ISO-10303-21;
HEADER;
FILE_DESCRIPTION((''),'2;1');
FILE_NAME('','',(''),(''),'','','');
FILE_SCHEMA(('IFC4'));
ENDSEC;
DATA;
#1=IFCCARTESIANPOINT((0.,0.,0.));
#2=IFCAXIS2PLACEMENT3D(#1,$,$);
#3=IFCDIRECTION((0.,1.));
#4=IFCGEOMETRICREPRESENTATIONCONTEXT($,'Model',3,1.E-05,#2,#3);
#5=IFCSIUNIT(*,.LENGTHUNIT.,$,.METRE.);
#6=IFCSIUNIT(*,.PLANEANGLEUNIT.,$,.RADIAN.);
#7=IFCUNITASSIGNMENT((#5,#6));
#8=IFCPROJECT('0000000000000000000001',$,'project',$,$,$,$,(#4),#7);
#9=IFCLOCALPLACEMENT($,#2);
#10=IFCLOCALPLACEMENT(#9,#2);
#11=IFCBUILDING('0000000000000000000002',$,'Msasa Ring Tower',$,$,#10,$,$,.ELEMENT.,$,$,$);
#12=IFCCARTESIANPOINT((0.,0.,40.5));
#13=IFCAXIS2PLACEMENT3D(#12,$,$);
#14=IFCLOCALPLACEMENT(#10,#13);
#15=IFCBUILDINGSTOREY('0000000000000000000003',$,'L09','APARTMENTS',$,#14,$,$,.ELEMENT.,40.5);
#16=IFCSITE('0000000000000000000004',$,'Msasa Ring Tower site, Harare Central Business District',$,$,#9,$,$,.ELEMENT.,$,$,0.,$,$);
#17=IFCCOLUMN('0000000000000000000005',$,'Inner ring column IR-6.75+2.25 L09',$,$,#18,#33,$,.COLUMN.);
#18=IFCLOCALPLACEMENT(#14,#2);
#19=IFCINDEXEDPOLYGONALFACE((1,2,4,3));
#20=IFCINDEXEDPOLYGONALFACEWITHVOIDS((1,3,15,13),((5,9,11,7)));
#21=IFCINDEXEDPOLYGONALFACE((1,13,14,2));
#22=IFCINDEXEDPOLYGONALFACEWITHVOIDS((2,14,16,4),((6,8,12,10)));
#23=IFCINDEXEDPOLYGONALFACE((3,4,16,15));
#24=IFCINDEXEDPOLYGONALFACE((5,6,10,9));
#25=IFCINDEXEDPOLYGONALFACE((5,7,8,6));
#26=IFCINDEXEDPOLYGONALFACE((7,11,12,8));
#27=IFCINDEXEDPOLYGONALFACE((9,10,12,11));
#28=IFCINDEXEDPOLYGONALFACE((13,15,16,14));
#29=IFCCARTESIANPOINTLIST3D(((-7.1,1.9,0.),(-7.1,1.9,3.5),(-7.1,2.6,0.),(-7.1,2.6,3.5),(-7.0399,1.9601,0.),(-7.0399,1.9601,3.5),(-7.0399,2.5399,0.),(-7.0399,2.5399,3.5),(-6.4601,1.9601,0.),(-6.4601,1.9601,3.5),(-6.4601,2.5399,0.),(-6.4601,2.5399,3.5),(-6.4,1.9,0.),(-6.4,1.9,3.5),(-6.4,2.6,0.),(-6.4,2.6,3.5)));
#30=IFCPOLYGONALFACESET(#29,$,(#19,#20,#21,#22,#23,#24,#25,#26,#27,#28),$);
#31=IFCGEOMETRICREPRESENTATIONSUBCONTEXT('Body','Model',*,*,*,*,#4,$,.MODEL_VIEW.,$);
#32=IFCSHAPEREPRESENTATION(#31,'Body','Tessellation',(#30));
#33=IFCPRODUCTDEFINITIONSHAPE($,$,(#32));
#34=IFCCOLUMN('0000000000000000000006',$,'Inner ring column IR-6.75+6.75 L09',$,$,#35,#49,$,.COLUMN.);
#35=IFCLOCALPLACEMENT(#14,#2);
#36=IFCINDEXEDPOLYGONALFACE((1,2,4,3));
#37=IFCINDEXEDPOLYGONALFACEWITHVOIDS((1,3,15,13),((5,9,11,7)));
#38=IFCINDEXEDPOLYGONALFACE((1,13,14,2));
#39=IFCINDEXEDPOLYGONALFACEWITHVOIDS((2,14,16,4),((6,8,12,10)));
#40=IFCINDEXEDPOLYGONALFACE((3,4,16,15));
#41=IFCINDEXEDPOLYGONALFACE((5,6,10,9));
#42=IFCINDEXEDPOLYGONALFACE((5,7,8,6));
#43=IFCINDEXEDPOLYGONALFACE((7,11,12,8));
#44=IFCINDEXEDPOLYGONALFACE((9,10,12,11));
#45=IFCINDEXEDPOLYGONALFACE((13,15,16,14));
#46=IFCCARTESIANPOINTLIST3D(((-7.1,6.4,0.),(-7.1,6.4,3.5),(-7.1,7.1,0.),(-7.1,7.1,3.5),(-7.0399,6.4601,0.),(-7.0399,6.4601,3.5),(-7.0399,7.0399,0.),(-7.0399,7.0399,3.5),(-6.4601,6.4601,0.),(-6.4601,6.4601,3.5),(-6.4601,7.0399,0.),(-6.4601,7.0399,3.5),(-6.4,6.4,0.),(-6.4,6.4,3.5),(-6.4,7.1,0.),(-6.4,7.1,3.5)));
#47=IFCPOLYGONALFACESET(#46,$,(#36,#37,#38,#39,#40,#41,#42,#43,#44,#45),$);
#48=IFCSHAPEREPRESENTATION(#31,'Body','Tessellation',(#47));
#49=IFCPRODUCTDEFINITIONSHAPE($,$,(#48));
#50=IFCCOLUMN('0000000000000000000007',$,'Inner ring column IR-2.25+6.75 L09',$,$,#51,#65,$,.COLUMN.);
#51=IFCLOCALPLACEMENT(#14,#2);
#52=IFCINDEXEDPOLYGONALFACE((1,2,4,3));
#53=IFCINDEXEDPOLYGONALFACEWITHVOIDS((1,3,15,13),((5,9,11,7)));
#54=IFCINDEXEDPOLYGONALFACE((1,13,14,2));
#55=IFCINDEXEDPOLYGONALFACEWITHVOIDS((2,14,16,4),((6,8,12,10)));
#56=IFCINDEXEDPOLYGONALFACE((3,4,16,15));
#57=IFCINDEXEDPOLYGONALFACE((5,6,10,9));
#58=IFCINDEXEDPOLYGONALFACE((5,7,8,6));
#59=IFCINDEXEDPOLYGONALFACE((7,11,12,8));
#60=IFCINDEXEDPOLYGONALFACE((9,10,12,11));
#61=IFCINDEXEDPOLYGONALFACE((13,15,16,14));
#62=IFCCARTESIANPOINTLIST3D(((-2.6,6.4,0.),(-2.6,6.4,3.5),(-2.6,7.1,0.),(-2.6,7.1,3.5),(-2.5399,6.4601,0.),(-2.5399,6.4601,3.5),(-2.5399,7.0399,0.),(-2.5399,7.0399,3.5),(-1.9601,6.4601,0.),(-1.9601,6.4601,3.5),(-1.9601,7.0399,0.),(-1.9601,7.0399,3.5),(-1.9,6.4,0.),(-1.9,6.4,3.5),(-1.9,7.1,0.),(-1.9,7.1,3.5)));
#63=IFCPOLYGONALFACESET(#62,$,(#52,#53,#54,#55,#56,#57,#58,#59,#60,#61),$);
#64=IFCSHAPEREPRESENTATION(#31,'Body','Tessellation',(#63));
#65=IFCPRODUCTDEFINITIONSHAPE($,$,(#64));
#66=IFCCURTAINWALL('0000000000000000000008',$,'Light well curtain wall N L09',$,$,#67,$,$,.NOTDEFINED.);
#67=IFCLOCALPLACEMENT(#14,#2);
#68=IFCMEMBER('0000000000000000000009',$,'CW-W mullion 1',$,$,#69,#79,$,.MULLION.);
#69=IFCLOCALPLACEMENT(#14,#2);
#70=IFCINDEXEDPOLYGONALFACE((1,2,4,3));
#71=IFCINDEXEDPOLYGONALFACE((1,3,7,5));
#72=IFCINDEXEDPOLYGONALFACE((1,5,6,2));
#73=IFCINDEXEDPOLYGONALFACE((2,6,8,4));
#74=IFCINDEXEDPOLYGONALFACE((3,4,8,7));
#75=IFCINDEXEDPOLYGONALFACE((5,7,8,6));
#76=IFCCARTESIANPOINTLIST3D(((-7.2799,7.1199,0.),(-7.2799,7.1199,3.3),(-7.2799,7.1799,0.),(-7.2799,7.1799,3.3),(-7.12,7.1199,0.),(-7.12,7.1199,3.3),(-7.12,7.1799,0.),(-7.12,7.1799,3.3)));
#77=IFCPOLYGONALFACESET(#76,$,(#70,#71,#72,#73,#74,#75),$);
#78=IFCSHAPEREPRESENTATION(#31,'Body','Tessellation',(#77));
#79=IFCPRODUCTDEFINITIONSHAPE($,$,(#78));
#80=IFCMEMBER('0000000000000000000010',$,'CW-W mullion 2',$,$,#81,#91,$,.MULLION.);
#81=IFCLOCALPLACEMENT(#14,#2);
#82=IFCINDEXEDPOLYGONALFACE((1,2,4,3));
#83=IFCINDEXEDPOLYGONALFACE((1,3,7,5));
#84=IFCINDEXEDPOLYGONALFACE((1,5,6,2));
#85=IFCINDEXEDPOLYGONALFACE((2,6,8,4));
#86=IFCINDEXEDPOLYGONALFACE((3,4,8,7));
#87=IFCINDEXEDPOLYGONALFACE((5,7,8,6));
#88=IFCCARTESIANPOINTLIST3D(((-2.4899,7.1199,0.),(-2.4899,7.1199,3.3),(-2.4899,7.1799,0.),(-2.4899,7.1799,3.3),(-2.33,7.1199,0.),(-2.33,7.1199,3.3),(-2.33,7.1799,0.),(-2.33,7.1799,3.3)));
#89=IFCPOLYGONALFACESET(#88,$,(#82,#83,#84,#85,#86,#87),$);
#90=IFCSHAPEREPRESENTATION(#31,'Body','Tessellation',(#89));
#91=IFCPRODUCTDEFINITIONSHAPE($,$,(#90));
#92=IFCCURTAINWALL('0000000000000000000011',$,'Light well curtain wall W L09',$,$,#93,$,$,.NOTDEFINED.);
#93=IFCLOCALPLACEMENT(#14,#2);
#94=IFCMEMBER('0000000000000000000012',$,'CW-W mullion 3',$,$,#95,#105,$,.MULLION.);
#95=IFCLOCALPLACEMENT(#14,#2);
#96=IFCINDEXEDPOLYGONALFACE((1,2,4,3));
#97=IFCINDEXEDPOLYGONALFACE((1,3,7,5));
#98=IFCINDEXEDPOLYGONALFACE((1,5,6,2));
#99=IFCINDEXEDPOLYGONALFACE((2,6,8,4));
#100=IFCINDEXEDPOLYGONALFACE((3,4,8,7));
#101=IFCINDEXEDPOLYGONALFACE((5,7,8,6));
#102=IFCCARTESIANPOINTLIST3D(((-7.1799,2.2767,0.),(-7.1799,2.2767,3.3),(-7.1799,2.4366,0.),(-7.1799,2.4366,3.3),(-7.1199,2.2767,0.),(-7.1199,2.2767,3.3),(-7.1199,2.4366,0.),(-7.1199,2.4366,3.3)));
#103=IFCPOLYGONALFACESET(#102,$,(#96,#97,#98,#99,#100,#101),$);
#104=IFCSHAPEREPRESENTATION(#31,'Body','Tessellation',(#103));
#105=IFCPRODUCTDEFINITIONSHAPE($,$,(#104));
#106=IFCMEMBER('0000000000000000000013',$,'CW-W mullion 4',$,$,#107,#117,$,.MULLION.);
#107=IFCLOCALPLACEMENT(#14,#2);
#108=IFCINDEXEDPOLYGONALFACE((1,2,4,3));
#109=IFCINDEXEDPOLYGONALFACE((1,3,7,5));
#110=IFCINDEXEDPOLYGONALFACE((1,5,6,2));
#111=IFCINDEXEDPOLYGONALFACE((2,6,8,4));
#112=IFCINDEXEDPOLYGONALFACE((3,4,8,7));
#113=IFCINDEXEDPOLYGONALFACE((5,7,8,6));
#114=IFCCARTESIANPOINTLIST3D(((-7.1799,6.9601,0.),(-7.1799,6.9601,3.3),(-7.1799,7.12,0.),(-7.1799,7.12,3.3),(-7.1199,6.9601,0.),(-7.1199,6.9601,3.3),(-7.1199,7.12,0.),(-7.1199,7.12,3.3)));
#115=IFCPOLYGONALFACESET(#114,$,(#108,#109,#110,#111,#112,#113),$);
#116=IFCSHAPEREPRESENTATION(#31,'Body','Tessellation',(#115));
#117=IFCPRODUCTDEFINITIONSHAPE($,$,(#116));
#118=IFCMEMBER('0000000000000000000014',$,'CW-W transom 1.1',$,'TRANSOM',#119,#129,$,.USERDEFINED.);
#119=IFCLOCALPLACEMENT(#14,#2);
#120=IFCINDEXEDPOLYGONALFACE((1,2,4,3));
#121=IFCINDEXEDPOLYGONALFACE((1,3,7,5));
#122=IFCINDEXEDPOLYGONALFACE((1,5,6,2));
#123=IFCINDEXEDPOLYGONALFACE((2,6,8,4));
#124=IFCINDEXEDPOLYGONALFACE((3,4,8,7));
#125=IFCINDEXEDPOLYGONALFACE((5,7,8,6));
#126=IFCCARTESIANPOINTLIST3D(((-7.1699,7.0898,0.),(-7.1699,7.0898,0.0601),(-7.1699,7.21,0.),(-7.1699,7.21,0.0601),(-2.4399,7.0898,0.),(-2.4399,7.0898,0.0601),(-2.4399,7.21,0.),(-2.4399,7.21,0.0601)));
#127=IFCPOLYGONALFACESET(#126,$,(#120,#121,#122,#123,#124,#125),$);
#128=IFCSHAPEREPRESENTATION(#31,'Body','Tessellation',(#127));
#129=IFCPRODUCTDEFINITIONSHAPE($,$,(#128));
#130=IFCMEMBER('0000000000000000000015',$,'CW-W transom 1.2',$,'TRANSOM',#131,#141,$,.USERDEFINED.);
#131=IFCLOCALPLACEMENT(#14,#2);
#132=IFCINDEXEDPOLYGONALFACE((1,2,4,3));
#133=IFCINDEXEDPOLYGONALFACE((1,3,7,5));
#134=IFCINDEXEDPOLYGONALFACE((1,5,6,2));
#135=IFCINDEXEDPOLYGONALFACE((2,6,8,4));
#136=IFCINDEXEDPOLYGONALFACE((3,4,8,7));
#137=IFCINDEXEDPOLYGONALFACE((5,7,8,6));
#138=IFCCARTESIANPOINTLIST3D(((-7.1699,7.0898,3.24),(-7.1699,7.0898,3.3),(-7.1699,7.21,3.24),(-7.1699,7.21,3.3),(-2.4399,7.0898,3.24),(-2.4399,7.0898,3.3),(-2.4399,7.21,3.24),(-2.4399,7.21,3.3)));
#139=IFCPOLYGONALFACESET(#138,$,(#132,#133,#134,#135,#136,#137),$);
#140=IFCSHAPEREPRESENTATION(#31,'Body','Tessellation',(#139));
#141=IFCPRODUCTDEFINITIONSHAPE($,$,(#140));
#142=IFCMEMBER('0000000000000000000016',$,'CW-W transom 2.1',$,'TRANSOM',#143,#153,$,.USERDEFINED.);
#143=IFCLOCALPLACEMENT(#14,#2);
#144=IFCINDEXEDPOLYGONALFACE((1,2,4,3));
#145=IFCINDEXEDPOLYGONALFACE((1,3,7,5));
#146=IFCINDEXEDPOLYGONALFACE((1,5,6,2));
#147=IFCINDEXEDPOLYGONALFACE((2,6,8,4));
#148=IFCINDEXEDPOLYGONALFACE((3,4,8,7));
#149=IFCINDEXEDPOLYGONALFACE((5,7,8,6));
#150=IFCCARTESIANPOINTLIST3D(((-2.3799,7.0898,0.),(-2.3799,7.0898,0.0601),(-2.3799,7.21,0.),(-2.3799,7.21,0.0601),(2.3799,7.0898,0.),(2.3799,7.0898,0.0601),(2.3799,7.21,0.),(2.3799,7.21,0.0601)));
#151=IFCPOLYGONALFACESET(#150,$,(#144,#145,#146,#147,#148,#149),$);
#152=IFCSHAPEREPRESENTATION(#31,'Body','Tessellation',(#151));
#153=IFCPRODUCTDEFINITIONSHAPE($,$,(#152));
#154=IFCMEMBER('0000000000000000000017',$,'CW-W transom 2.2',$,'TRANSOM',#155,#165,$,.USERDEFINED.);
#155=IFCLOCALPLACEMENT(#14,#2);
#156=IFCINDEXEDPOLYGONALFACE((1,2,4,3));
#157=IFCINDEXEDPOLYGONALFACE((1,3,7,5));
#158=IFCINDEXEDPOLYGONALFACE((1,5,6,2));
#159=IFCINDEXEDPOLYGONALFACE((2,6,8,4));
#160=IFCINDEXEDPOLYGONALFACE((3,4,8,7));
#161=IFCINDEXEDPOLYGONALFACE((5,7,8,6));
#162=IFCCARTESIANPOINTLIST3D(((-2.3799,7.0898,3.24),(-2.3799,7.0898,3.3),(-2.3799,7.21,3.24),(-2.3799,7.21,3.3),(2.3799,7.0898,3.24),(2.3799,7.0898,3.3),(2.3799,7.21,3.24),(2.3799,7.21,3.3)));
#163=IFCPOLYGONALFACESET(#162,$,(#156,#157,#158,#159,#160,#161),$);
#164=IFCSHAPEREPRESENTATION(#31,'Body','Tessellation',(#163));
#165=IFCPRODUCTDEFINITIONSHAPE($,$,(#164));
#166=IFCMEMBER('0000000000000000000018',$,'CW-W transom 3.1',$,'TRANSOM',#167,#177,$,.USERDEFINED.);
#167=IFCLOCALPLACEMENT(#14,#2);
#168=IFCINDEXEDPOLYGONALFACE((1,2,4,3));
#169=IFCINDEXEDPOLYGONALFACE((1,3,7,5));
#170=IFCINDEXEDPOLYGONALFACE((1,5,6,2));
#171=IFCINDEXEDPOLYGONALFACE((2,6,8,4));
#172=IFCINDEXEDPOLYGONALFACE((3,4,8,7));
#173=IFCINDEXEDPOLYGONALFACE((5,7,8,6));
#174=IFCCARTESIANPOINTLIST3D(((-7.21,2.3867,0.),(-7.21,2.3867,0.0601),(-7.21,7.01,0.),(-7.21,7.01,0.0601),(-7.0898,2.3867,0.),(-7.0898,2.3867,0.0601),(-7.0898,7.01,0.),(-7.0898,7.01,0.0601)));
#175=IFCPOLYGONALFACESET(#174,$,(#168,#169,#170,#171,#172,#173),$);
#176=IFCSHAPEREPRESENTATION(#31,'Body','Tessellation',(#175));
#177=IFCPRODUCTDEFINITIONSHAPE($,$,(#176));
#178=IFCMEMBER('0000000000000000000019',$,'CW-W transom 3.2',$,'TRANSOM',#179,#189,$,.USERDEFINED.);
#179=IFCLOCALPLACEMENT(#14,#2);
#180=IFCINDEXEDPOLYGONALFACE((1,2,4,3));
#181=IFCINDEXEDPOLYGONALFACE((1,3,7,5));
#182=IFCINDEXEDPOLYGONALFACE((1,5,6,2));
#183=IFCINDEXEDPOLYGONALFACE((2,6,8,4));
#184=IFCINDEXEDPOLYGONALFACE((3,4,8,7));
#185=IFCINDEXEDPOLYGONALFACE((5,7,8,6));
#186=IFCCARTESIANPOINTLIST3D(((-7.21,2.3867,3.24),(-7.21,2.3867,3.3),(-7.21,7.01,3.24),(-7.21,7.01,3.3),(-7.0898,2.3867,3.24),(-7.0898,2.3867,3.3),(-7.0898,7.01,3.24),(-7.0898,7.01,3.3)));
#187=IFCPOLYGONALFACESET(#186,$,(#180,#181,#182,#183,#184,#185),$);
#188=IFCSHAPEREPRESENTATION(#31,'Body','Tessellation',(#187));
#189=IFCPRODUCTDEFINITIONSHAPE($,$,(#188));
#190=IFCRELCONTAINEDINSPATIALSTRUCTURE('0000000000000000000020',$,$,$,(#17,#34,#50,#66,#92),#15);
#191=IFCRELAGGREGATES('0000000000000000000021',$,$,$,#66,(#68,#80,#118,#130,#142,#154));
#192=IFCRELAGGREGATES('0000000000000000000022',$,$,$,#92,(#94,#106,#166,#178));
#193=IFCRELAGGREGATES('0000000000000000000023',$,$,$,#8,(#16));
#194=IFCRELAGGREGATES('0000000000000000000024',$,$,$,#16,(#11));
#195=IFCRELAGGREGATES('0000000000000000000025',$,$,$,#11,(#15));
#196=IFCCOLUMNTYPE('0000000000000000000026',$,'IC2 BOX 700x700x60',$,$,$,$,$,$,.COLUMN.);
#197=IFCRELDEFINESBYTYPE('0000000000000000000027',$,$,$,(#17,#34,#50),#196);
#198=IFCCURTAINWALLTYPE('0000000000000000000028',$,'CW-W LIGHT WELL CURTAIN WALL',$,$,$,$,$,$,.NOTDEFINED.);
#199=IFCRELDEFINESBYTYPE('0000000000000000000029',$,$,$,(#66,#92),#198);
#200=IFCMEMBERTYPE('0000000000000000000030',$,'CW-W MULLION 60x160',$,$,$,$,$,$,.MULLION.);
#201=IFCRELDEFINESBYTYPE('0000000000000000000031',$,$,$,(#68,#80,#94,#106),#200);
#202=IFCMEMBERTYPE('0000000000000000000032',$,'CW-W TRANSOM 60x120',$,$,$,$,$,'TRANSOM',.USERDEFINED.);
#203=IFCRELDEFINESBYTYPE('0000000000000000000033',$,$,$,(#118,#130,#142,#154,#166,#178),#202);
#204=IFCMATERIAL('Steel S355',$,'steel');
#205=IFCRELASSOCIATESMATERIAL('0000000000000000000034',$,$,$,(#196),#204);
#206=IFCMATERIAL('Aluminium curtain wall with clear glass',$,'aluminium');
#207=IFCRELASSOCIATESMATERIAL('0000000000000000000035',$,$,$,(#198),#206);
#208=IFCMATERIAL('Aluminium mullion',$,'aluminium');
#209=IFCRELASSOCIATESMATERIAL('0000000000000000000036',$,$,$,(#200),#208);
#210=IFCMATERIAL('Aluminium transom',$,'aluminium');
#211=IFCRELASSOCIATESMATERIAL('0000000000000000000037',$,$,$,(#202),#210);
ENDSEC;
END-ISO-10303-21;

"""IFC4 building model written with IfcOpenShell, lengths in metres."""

from ifc_helpers import new_model, si_unit, direction, frame, origin, origin_2d, place, context, subcontext, project, spatial, rectangle, hollow_rectangle, extrude, material, material_profile, profile_set, type_object, element, aggregate, save


model = new_model("IFC4")

# Units and contexts
model_context = context("Model", 3, precision=1e-05, world=origin(), true_north=direction((0.0, 1.0)))
body_context = subcontext(model_context, "Body", "Model", "MODEL_VIEW")
ifc_project = project(units=[si_unit("LENGTHUNIT", "METRE"), si_unit("PLANEANGLEUNIT", "RADIAN")], contexts=[model_context])

# Site, building, storey
site_placement = place(None, origin())
site = spatial("IfcSite", under=ifc_project, at=site_placement, Name="Msasa Ring Tower site, Harare Central Business District", CompositionType="ELEMENT", RefElevation=0.0)
building_placement = place(site_placement, origin())
building = spatial("IfcBuilding", under=site, at=building_placement, Name="Msasa Ring Tower", CompositionType="ELEMENT")
storey_placement = place(building_placement, frame((0.0, 0.0, 40.5)))
storey = spatial("IfcBuildingStorey", under=building, at=storey_placement, Name="L09", Description="APARTMENTS", CompositionType="ELEMENT", Elevation=40.5)

# Columns
ifc_material_1 = material(Name="Steel S355", Category="steel")
ifc_material_profile_1 = material_profile(ifc_material_1, hollow_rectangle(XDim=0.7, YDim=0.7, WallThickness=0.0601, at=origin_2d()), Name="BOX 700x700x60")
ifc_profile_set_1 = profile_set([ifc_material_profile_1], Name="Steel S355")
column_type = type_object("IfcColumnType", Name="IC2 BOX 700x700x60", PredefinedType="COLUMN", material=ifc_profile_set_1)
for number, where, z_axis, x_axis, name in (
    (1, (-6.75, 2.25, 0.0), (0.0, 0.0, 1.0), (1.0, 0.0, 0.0), "Inner ring column IR-6.75+2.25 L09"),
    (2, (-6.75, 6.75, 0.0), (0.0, 0.0, 1.0), (1.0, 0.0, 0.0), "Inner ring column IR-6.75+6.75 L09"),
    (3, (-2.25, 6.75, 0.0), (0.0, 0.0, 1.0), (1.0, 0.0, 0.0), "Inner ring column IR-2.25+6.75 L09"),
):
    element("IfcColumn", number, at=place(storey_placement, frame(where, z_axis=z_axis, x_axis=x_axis)), inside=storey, type_object=column_type, Name=name, PredefinedType="COLUMN", context=body_context, shape_type="SweptSolid", body=[
        extrude(hollow_rectangle(XDim=0.7, YDim=0.7, WallThickness=0.0601, at=origin_2d()), origin(), (0.0, 0.0, 1.0), 3.5),
    ])

# Curtain walls, members
ifc_material_2 = material(Name="Aluminium curtain wall with clear glass", Category="aluminium")
curtain_wall_type = type_object("IfcCurtainWallType", Name="CW-W LIGHT WELL CURTAIN WALL", PredefinedType="NOTDEFINED", material=ifc_material_2)
curtain_wall_1_placement = place(storey_placement, origin())
curtain_wall_1 = element("IfcCurtainWall", 4, at=curtain_wall_1_placement, inside=storey, type_object=curtain_wall_type, Name="Light well curtain wall N L09", PredefinedType="NOTDEFINED")
ifc_material_3 = material(Name="Aluminium mullion", Category="aluminium")
ifc_material_profile_2 = material_profile(ifc_material_3, rectangle(XDim=0.0601, YDim=0.1599, at=origin_2d()), Name="AL 60x160")
ifc_profile_set_2 = profile_set([ifc_material_profile_2], Name="Aluminium mullion")
member_type_1 = type_object("IfcMemberType", Name="CW-W MULLION 60x160", PredefinedType="MULLION", material=ifc_profile_set_2)
member_1_placement = place(storey_placement, frame((-7.2, 7.1499, 0.0), z_axis=(0.0, 0.0, 1.0), x_axis=(0.0, 1.0, 0.0)))
member_1 = element("IfcMember", 5, at=member_1_placement, type_object=member_type_1, Name="CW-W mullion 1", PredefinedType="MULLION", context=body_context, shape_type="SweptSolid", body=[
    extrude(rectangle(XDim=0.0601, YDim=0.1599, at=origin_2d()), origin(), (0.0, 0.0, 1.0), 3.3),
])
member_2_placement = place(storey_placement, frame((-2.4099, 7.1499, 0.0), z_axis=(0.0, 0.0, 1.0), x_axis=(0.0, 1.0, 0.0)))
member_2 = element("IfcMember", 6, at=member_2_placement, type_object=member_type_1, Name="CW-W mullion 2", PredefinedType="MULLION", context=body_context, shape_type="SweptSolid", body=[
    extrude(rectangle(XDim=0.0601, YDim=0.1599, at=origin_2d()), origin(), (0.0, 0.0, 1.0), 3.3),
])
curtain_wall_2_placement = place(storey_placement, origin())
curtain_wall_2 = element("IfcCurtainWall", 7, at=curtain_wall_2_placement, inside=storey, type_object=curtain_wall_type, Name="Light well curtain wall W L09", PredefinedType="NOTDEFINED")
member_3_placement = place(storey_placement, frame((-7.1499, 2.3567, 0.0), z_axis=(0.0, 0.0, 1.0), x_axis=(-1.0, 0.0, 0.0)))
member_3 = element("IfcMember", 8, at=member_3_placement, type_object=member_type_1, Name="CW-W mullion 3", PredefinedType="MULLION", context=body_context, shape_type="SweptSolid", body=[
    extrude(rectangle(XDim=0.0601, YDim=0.1599, at=origin_2d()), origin(), (0.0, 0.0, 1.0), 3.3),
])
member_4_placement = place(storey_placement, frame((-7.1499, 7.04, 0.0), z_axis=(0.0, 0.0, 1.0), x_axis=(-1.0, 0.0, 0.0)))
member_4 = element("IfcMember", 9, at=member_4_placement, type_object=member_type_1, Name="CW-W mullion 4", PredefinedType="MULLION", context=body_context, shape_type="SweptSolid", body=[
    extrude(rectangle(XDim=0.0601, YDim=0.1599, at=origin_2d()), origin(), (0.0, 0.0, 1.0), 3.3),
])

# Members
ifc_material_4 = material(Name="Aluminium transom", Category="aluminium")
ifc_material_profile_3 = material_profile(ifc_material_4, rectangle(XDim=0.1201, YDim=0.0601, at=origin_2d()), Name="AL 60x120")
ifc_profile_set_3 = profile_set([ifc_material_profile_3], Name="Aluminium transom")
member_type_2 = type_object("IfcMemberType", Name="CW-W TRANSOM 60x120", ElementType="TRANSOM", PredefinedType="USERDEFINED", material=ifc_profile_set_3)
member_5_placement = place(storey_placement, frame((-7.1699, 7.1499, 0.03), z_axis=(1.0, 0.0, 0.0), x_axis=(0.0, 1.0, 0.0)))
member_5 = element("IfcMember", 10, at=member_5_placement, type_object=member_type_2, Name="CW-W transom 1.1", ObjectType="TRANSOM", PredefinedType="USERDEFINED", context=body_context, shape_type="SweptSolid", body=[
    extrude(rectangle(XDim=0.1201, YDim=0.0601, at=origin_2d()), origin(), (0.0, 0.0, 1.0), 4.73),
])
member_6_placement = place(storey_placement, frame((-7.1699, 7.1499, 3.27), z_axis=(1.0, 0.0, 0.0), x_axis=(0.0, 1.0, 0.0)))
member_6 = element("IfcMember", 11, at=member_6_placement, type_object=member_type_2, Name="CW-W transom 1.2", ObjectType="TRANSOM", PredefinedType="USERDEFINED", context=body_context, shape_type="SweptSolid", body=[
    extrude(rectangle(XDim=0.1201, YDim=0.0601, at=origin_2d()), origin(), (0.0, 0.0, 1.0), 4.73),
])
member_7_placement = place(storey_placement, frame((-2.3799, 7.1499, 0.03), z_axis=(1.0, 0.0, 0.0), x_axis=(0.0, 1.0, 0.0)))
member_7 = element("IfcMember", 12, at=member_7_placement, type_object=member_type_2, Name="CW-W transom 2.1", ObjectType="TRANSOM", PredefinedType="USERDEFINED", context=body_context, shape_type="SweptSolid", body=[
    extrude(rectangle(XDim=0.1201, YDim=0.0601, at=origin_2d()), origin(), (0.0, 0.0, 1.0), 4.7598),
])
member_8_placement = place(storey_placement, frame((-2.3799, 7.1499, 3.27), z_axis=(1.0, 0.0, 0.0), x_axis=(0.0, 1.0, 0.0)))
member_8 = element("IfcMember", 13, at=member_8_placement, type_object=member_type_2, Name="CW-W transom 2.2", ObjectType="TRANSOM", PredefinedType="USERDEFINED", context=body_context, shape_type="SweptSolid", body=[
    extrude(rectangle(XDim=0.1201, YDim=0.0601, at=origin_2d()), origin(), (0.0, 0.0, 1.0), 4.7598),
])
member_9_placement = place(storey_placement, frame((-7.1499, 2.3867, 0.03), z_axis=(0.0, 1.0, 0.0), x_axis=(-1.0, 0.0, 0.0)))
member_9 = element("IfcMember", 14, at=member_9_placement, type_object=member_type_2, Name="CW-W transom 3.1", ObjectType="TRANSOM", PredefinedType="USERDEFINED", context=body_context, shape_type="SweptSolid", body=[
    extrude(rectangle(XDim=0.1201, YDim=0.0601, at=origin_2d()), origin(), (0.0, 0.0, 1.0), 4.6233),
])
member_10_placement = place(storey_placement, frame((-7.1499, 2.3867, 3.27), z_axis=(0.0, 1.0, 0.0), x_axis=(-1.0, 0.0, 0.0)))
member_10 = element("IfcMember", 15, at=member_10_placement, type_object=member_type_2, Name="CW-W transom 3.2", ObjectType="TRANSOM", PredefinedType="USERDEFINED", context=body_context, shape_type="SweptSolid", body=[
    extrude(rectangle(XDim=0.1201, YDim=0.0601, at=origin_2d()), origin(), (0.0, 0.0, 1.0), 4.6233),
])

aggregate(curtain_wall_1, [member_1, member_2, member_5, member_6, member_7, member_8])
aggregate(curtain_wall_2, [member_3, member_4, member_9, member_10])

save(model, "model.ifc")
